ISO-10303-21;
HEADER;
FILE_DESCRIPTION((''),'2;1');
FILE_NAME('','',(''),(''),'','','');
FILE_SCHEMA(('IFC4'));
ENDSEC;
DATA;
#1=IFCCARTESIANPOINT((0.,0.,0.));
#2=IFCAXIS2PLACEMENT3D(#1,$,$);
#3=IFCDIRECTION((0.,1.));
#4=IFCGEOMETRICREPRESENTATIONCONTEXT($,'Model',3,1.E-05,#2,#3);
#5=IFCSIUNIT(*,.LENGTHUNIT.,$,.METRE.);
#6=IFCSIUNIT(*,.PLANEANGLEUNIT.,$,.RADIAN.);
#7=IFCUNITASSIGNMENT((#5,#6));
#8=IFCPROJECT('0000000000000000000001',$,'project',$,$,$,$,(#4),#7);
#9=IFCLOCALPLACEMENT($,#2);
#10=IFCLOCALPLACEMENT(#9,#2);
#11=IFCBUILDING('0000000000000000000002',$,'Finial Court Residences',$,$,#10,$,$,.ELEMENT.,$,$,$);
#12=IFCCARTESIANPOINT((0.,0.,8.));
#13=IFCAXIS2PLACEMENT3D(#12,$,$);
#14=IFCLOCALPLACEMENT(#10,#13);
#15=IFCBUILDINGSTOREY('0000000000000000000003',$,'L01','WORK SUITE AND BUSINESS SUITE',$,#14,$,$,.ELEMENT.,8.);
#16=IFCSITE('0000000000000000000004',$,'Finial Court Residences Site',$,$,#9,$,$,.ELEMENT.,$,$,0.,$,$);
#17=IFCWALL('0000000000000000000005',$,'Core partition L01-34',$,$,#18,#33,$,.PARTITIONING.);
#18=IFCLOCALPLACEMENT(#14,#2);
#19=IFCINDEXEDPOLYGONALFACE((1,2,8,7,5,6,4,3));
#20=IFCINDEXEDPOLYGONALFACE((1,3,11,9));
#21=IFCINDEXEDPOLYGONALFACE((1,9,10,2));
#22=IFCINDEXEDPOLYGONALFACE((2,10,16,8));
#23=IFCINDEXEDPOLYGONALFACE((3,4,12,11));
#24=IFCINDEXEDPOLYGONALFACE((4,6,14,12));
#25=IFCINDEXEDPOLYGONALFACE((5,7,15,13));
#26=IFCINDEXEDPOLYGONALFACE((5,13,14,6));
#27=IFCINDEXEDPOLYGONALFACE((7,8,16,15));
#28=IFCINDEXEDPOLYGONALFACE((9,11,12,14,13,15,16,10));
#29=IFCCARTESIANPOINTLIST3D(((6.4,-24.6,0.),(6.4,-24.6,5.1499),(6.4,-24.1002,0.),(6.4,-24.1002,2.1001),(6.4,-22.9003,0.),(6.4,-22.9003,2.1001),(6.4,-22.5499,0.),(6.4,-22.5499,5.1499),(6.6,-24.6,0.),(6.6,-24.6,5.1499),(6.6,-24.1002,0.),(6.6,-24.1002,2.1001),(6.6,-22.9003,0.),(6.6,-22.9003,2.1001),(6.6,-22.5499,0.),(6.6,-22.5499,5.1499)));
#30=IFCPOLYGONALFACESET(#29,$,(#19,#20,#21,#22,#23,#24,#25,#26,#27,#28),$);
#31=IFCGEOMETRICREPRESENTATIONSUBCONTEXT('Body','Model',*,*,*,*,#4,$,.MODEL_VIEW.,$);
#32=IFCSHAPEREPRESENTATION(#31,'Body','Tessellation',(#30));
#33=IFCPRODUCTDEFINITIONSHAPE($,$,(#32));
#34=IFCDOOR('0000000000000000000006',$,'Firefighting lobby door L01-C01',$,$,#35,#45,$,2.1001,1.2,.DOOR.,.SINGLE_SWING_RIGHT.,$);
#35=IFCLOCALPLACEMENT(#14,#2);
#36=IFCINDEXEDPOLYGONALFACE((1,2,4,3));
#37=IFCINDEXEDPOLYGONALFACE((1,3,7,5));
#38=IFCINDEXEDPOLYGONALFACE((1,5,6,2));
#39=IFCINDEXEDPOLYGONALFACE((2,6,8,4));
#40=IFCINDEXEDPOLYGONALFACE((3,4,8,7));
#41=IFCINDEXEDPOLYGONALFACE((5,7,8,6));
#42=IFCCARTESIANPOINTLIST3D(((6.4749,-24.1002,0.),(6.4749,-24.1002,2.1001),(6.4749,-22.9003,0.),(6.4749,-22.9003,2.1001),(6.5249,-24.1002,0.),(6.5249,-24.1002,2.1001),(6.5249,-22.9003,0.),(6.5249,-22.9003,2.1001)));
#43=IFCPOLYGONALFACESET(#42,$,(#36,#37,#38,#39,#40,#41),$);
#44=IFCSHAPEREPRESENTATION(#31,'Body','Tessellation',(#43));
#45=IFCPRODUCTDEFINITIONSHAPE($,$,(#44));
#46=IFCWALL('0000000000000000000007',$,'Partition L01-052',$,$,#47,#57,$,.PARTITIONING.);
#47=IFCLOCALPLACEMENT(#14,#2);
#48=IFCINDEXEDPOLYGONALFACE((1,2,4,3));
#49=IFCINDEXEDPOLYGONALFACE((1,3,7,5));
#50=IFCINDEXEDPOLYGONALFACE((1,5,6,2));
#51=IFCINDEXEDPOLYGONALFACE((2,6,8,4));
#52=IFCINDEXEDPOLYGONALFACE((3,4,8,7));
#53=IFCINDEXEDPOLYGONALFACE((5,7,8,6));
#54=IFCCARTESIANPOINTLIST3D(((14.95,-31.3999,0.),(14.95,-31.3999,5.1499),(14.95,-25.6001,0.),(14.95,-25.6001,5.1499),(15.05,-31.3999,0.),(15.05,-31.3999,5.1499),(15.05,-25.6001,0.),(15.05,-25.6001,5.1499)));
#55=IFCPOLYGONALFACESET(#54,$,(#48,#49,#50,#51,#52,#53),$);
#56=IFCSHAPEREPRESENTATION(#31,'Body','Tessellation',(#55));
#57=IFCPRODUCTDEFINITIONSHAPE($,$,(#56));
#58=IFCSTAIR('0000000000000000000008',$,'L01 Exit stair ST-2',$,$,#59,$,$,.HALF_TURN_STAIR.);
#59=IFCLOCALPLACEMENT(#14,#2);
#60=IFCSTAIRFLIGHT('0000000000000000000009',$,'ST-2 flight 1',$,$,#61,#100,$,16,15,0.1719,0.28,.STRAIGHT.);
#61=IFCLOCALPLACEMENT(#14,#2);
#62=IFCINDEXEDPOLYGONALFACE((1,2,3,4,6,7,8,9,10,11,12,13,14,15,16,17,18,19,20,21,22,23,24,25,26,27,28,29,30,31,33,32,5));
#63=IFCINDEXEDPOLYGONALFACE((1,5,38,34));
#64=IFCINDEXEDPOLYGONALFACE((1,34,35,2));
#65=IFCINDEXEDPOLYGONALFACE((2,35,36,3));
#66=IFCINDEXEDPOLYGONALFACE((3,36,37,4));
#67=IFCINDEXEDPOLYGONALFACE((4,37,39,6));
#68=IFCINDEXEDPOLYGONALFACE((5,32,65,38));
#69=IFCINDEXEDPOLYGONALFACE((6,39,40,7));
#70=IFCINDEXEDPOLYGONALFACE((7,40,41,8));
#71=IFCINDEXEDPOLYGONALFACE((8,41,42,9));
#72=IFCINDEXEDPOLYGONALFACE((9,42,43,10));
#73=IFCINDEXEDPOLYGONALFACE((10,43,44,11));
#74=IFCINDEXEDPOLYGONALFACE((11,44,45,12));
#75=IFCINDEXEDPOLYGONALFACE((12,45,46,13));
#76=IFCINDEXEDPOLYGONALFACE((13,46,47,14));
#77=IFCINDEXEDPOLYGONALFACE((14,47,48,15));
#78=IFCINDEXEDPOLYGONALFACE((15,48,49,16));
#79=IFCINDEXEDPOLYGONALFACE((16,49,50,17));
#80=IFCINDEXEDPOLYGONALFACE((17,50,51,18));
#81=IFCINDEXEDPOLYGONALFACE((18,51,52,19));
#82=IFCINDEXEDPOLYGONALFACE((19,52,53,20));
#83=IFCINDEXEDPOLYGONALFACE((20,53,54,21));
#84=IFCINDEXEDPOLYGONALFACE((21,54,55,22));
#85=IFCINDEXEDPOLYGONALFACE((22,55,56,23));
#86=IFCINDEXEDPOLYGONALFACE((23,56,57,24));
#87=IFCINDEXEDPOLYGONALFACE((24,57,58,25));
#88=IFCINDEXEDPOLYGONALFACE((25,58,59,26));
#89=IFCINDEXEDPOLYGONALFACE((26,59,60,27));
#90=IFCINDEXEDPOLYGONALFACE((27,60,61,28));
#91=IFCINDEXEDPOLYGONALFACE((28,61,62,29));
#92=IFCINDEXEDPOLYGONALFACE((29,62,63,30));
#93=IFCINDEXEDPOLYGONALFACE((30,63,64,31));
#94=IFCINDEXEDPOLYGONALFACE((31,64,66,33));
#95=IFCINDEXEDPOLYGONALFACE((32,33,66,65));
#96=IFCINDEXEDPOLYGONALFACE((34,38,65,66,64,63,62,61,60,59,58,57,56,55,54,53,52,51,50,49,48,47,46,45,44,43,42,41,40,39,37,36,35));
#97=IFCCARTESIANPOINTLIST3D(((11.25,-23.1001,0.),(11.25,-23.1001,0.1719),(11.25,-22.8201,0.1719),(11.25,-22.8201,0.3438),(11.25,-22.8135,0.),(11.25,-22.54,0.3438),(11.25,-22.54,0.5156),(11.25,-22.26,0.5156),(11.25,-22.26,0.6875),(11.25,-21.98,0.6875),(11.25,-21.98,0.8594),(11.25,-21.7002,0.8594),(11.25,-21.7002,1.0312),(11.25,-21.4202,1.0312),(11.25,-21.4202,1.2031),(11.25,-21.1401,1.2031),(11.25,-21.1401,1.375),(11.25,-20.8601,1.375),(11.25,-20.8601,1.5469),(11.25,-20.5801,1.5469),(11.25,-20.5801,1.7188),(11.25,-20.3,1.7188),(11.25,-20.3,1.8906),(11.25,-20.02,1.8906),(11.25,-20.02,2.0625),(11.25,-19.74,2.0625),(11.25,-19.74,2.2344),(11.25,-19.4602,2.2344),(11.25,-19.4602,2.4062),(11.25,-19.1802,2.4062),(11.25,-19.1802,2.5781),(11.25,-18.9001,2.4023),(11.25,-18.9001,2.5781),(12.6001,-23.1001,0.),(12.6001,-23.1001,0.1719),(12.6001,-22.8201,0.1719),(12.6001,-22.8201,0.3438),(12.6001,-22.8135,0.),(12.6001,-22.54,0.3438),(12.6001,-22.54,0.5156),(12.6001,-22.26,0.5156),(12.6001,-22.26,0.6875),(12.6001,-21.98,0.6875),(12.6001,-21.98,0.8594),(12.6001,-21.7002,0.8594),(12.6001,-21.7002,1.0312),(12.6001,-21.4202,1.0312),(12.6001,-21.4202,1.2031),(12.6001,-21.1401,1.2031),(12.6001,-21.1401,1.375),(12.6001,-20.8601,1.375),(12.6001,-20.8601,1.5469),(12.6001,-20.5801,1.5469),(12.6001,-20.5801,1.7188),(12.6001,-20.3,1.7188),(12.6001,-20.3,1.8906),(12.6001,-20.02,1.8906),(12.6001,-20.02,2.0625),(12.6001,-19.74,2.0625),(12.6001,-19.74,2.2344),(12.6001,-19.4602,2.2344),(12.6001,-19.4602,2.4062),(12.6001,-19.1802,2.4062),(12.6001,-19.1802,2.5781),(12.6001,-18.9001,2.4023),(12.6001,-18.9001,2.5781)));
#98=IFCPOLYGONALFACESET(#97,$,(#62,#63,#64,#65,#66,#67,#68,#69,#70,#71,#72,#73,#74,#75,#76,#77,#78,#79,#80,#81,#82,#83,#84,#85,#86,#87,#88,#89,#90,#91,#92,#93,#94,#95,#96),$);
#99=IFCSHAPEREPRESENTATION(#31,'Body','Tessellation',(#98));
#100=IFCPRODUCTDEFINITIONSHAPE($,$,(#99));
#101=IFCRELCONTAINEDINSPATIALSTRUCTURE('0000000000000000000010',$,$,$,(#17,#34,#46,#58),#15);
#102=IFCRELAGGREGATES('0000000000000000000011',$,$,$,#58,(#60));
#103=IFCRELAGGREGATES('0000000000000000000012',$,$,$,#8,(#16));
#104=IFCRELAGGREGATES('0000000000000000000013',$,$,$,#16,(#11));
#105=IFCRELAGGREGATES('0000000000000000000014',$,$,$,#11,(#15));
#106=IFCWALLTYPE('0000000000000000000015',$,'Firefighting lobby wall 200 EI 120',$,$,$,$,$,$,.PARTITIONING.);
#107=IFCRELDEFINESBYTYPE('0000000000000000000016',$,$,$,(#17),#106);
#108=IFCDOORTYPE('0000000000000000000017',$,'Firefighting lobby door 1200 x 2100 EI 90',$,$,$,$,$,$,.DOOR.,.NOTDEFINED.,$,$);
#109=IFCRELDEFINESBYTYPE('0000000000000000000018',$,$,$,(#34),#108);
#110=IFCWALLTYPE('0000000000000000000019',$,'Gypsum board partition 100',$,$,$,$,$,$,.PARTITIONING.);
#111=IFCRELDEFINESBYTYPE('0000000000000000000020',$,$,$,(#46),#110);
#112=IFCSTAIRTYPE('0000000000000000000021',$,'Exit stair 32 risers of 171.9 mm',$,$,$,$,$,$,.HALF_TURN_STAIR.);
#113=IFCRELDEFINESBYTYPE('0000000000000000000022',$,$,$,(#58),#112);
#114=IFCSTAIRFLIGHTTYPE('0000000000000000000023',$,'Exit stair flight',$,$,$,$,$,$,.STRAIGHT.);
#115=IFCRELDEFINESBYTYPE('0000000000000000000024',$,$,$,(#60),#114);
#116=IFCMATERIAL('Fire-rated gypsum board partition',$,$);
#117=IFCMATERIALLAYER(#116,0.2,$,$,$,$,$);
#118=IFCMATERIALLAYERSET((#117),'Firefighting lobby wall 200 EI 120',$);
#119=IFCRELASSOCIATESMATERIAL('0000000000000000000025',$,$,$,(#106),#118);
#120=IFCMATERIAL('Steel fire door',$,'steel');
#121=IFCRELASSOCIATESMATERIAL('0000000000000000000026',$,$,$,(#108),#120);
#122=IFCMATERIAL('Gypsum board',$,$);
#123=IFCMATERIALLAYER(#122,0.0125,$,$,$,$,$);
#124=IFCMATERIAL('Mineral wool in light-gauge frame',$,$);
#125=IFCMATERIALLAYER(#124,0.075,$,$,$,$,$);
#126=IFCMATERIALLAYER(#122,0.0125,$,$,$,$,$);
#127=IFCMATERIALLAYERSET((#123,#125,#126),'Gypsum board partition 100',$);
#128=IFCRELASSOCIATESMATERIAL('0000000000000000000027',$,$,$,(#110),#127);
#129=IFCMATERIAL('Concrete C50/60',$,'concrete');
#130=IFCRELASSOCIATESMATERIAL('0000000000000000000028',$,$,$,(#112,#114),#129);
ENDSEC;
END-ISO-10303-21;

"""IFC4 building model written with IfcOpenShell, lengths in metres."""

from ifc_helpers import new_model, si_unit, direction, frame, frame_2d, origin, place, context, subcontext, project, spatial, polyline, rectangle, outline, extrude, material, layer, layer_set, type_object, element, fill, aggregate, save


model = new_model("IFC4")

# Units and contexts
model_context = context("Model", 3, precision=1e-05, world=origin(), true_north=direction((0.0, 1.0)))
body_context = subcontext(model_context, "Body", "Model", "MODEL_VIEW")
ifc_project = project(units=[si_unit("LENGTHUNIT", "METRE"), si_unit("PLANEANGLEUNIT", "RADIAN")], contexts=[model_context])

# Site, building, storey
site_placement = place(None, origin())
site = spatial("IfcSite", under=ifc_project, at=site_placement, Name="Finial Court Residences Site", CompositionType="ELEMENT", RefElevation=0.0)
building_placement = place(site_placement, origin())
building = spatial("IfcBuilding", under=site, at=building_placement, Name="Finial Court Residences", CompositionType="ELEMENT")
storey_placement = place(building_placement, frame((0.0, 0.0, 8.0)))
storey = spatial("IfcBuildingStorey", under=building, at=storey_placement, Name="L01", Description="WORK SUITE AND BUSINESS SUITE", CompositionType="ELEMENT", Elevation=8.0)

# Shared definitions
ifc_material_1 = material(Name="Concrete C50/60", Category="concrete")

# Shared definitions
ifc_material_2 = material(Name="Steel fire door", Category="steel")

# Shared definitions
ifc_material_3 = material(Name="Gypsum board")

# Wall, opening, door
ifc_material_4 = material(Name="Fire-rated gypsum board partition")
ifc_layer_1 = layer(ifc_material_4, 0.2)
ifc_layer_set_1 = layer_set([ifc_layer_1], Name="Firefighting lobby wall 200 EI 120")
wall_type_1 = type_object("IfcWallType", Name="Firefighting lobby wall 200 EI 120", PredefinedType="PARTITIONING", material=ifc_layer_set_1)
wall_1_placement = place(storey_placement, frame((6.5, -22.55, 0.0), z_axis=(0.0, 0.0, 1.0), x_axis=(0.0, -1.0, 0.0)))
wall_1 = element("IfcWall", 1, at=wall_1_placement, inside=storey, type_object=wall_type_1, Name="Core partition L01-34", PredefinedType="PARTITIONING", context=body_context, shape_type="SweptSolid", body=[
    extrude(rectangle(XDim=2.05, YDim=0.2, at=frame_2d((1.0249, 0.0))), origin(), (0.0, 0.0, 1.0), 5.1499),
])
opening_1_placement = place(wall_1_placement, frame((0.3501, 0.0, 0.0)))
opening_1 = element("IfcOpeningElement", 2, at=opening_1_placement, cuts=wall_1, PredefinedType="OPENING", context=body_context, shape_type="SweptSolid", body=[
    extrude(rectangle(XDim=1.2, YDim=2.1001, at=frame_2d((0.6001, 1.05))), frame((0.0, 0.1099, 0.0), z_axis=(0.0, -1.0, 0.0), x_axis=(1.0, 0.0, 0.0)), (0.0, 0.0, 1.0), 0.22),
])
door_type_1 = type_object("IfcDoorType", Name="Firefighting lobby door 1200 x 2100 EI 90", OperationType="NOTDEFINED", PredefinedType="DOOR", material=ifc_material_2)
door_1_placement = place(opening_1_placement, origin())
door_1 = element("IfcDoor", 3, at=door_1_placement, inside=storey, type_object=door_type_1, Name="Firefighting lobby door L01-C01", OperationType="SINGLE_SWING_RIGHT", OverallHeight=2.1001, OverallWidth=1.2, PredefinedType="DOOR", context=body_context, shape_type="SweptSolid", body=[
    extrude(rectangle(XDim=1.2, YDim=2.1001, at=frame_2d((0.6001, 1.05))), frame((0.0, 0.0249, 0.0), z_axis=(0.0, -1.0, 0.0), x_axis=(1.0, 0.0, 0.0)), (0.0, 0.0, 1.0), 0.05),
])
fill(opening_1, door_1)

# Wall
ifc_layer_2 = layer(ifc_material_3, 0.0125)
ifc_material_5 = material(Name="Mineral wool in light-gauge frame")
ifc_layer_3 = layer(ifc_material_5, 0.075)
ifc_layer_4 = layer(ifc_material_3, 0.0125)
ifc_layer_set_2 = layer_set([ifc_layer_2, ifc_layer_3, ifc_layer_4], Name="Gypsum board partition 100")
wall_type_2 = type_object("IfcWallType", Name="Gypsum board partition 100", PredefinedType="PARTITIONING", material=ifc_layer_set_2)
wall_2_placement = place(storey_placement, frame((15.0, -31.3999, 0.0), z_axis=(0.0, 0.0, 1.0), x_axis=(0.0, 1.0, 0.0)))
element("IfcWall", 4, at=wall_2_placement, inside=storey, type_object=wall_type_2, Name="Partition L01-052", PredefinedType="PARTITIONING", context=body_context, shape_type="SweptSolid", body=[
    extrude(rectangle(XDim=5.7998, YDim=0.1001, at=frame_2d((2.8999, 0.0))), origin(), (0.0, 0.0, 1.0), 5.1499),
])

# Stair, stair flight
stair_type = type_object("IfcStairType", Name="Exit stair 32 risers of 171.9 mm", PredefinedType="HALF_TURN_STAIR", material=ifc_material_1)
stair_placement = place(storey_placement, origin())
stair = element("IfcStair", 5, at=stair_placement, inside=storey, type_object=stair_type, Name="L01 Exit stair ST-2", PredefinedType="HALF_TURN_STAIR")
stair_flight_type = type_object("IfcStairFlightType", Name="Exit stair flight", PredefinedType="STRAIGHT", material=ifc_material_1)
stair_flight_placement = place(storey_placement, frame((11.925, -23.1001, 0.0), z_axis=(0.0, 0.0, 1.0), x_axis=(0.0, 1.0, 0.0)))
stair_flight = element("IfcStairFlight", 6, at=stair_flight_placement, type_object=stair_flight_type, Name="ST-2 flight 1", NumberOfRisers=16, NumberOfTreads=15, PredefinedType="STRAIGHT", RiserHeight=0.1719, TreadLength=0.28, context=body_context, shape_type="SweptSolid", body=[
    extrude(outline(polyline([(0.0, 0.0), (0.0, 0.1719), (0.28, 0.1719), (0.28, 0.3438), (0.5601, 0.3438), (0.5601, 0.5156), (0.8401, 0.5156), (0.8401, 0.6875), (1.1201, 0.6875), (1.1201, 0.8594), (1.3999, 0.8594), (1.3999, 1.0312), (1.6799, 1.0312), (1.6799, 1.2031), (1.96, 1.2031), (1.96, 1.375), (2.24, 1.375), (2.24, 1.5469), (2.52, 1.5469), (2.52, 1.7188), (2.8, 1.7188), (2.8, 1.8906), (3.0801, 1.8906), (3.0801, 2.0625), (3.3601, 2.0625), (3.3601, 2.2344), (3.6399, 2.2344), (3.6399, 2.4062), (3.9199, 2.4062), (3.9199, 2.5781), (4.2, 2.5781), (4.2, 2.75), (4.2, 2.4023), (0.2866, 0.0), (0.0, 0.0)])), frame((0.0, 0.675, 0.0), z_axis=(0.0, -1.0, 0.0), x_axis=(1.0, 0.0, 0.0)), (0.0, 0.0, 1.0), 1.3501),
])
aggregate(stair, [stair_flight])

save(model, "model.ifc")
